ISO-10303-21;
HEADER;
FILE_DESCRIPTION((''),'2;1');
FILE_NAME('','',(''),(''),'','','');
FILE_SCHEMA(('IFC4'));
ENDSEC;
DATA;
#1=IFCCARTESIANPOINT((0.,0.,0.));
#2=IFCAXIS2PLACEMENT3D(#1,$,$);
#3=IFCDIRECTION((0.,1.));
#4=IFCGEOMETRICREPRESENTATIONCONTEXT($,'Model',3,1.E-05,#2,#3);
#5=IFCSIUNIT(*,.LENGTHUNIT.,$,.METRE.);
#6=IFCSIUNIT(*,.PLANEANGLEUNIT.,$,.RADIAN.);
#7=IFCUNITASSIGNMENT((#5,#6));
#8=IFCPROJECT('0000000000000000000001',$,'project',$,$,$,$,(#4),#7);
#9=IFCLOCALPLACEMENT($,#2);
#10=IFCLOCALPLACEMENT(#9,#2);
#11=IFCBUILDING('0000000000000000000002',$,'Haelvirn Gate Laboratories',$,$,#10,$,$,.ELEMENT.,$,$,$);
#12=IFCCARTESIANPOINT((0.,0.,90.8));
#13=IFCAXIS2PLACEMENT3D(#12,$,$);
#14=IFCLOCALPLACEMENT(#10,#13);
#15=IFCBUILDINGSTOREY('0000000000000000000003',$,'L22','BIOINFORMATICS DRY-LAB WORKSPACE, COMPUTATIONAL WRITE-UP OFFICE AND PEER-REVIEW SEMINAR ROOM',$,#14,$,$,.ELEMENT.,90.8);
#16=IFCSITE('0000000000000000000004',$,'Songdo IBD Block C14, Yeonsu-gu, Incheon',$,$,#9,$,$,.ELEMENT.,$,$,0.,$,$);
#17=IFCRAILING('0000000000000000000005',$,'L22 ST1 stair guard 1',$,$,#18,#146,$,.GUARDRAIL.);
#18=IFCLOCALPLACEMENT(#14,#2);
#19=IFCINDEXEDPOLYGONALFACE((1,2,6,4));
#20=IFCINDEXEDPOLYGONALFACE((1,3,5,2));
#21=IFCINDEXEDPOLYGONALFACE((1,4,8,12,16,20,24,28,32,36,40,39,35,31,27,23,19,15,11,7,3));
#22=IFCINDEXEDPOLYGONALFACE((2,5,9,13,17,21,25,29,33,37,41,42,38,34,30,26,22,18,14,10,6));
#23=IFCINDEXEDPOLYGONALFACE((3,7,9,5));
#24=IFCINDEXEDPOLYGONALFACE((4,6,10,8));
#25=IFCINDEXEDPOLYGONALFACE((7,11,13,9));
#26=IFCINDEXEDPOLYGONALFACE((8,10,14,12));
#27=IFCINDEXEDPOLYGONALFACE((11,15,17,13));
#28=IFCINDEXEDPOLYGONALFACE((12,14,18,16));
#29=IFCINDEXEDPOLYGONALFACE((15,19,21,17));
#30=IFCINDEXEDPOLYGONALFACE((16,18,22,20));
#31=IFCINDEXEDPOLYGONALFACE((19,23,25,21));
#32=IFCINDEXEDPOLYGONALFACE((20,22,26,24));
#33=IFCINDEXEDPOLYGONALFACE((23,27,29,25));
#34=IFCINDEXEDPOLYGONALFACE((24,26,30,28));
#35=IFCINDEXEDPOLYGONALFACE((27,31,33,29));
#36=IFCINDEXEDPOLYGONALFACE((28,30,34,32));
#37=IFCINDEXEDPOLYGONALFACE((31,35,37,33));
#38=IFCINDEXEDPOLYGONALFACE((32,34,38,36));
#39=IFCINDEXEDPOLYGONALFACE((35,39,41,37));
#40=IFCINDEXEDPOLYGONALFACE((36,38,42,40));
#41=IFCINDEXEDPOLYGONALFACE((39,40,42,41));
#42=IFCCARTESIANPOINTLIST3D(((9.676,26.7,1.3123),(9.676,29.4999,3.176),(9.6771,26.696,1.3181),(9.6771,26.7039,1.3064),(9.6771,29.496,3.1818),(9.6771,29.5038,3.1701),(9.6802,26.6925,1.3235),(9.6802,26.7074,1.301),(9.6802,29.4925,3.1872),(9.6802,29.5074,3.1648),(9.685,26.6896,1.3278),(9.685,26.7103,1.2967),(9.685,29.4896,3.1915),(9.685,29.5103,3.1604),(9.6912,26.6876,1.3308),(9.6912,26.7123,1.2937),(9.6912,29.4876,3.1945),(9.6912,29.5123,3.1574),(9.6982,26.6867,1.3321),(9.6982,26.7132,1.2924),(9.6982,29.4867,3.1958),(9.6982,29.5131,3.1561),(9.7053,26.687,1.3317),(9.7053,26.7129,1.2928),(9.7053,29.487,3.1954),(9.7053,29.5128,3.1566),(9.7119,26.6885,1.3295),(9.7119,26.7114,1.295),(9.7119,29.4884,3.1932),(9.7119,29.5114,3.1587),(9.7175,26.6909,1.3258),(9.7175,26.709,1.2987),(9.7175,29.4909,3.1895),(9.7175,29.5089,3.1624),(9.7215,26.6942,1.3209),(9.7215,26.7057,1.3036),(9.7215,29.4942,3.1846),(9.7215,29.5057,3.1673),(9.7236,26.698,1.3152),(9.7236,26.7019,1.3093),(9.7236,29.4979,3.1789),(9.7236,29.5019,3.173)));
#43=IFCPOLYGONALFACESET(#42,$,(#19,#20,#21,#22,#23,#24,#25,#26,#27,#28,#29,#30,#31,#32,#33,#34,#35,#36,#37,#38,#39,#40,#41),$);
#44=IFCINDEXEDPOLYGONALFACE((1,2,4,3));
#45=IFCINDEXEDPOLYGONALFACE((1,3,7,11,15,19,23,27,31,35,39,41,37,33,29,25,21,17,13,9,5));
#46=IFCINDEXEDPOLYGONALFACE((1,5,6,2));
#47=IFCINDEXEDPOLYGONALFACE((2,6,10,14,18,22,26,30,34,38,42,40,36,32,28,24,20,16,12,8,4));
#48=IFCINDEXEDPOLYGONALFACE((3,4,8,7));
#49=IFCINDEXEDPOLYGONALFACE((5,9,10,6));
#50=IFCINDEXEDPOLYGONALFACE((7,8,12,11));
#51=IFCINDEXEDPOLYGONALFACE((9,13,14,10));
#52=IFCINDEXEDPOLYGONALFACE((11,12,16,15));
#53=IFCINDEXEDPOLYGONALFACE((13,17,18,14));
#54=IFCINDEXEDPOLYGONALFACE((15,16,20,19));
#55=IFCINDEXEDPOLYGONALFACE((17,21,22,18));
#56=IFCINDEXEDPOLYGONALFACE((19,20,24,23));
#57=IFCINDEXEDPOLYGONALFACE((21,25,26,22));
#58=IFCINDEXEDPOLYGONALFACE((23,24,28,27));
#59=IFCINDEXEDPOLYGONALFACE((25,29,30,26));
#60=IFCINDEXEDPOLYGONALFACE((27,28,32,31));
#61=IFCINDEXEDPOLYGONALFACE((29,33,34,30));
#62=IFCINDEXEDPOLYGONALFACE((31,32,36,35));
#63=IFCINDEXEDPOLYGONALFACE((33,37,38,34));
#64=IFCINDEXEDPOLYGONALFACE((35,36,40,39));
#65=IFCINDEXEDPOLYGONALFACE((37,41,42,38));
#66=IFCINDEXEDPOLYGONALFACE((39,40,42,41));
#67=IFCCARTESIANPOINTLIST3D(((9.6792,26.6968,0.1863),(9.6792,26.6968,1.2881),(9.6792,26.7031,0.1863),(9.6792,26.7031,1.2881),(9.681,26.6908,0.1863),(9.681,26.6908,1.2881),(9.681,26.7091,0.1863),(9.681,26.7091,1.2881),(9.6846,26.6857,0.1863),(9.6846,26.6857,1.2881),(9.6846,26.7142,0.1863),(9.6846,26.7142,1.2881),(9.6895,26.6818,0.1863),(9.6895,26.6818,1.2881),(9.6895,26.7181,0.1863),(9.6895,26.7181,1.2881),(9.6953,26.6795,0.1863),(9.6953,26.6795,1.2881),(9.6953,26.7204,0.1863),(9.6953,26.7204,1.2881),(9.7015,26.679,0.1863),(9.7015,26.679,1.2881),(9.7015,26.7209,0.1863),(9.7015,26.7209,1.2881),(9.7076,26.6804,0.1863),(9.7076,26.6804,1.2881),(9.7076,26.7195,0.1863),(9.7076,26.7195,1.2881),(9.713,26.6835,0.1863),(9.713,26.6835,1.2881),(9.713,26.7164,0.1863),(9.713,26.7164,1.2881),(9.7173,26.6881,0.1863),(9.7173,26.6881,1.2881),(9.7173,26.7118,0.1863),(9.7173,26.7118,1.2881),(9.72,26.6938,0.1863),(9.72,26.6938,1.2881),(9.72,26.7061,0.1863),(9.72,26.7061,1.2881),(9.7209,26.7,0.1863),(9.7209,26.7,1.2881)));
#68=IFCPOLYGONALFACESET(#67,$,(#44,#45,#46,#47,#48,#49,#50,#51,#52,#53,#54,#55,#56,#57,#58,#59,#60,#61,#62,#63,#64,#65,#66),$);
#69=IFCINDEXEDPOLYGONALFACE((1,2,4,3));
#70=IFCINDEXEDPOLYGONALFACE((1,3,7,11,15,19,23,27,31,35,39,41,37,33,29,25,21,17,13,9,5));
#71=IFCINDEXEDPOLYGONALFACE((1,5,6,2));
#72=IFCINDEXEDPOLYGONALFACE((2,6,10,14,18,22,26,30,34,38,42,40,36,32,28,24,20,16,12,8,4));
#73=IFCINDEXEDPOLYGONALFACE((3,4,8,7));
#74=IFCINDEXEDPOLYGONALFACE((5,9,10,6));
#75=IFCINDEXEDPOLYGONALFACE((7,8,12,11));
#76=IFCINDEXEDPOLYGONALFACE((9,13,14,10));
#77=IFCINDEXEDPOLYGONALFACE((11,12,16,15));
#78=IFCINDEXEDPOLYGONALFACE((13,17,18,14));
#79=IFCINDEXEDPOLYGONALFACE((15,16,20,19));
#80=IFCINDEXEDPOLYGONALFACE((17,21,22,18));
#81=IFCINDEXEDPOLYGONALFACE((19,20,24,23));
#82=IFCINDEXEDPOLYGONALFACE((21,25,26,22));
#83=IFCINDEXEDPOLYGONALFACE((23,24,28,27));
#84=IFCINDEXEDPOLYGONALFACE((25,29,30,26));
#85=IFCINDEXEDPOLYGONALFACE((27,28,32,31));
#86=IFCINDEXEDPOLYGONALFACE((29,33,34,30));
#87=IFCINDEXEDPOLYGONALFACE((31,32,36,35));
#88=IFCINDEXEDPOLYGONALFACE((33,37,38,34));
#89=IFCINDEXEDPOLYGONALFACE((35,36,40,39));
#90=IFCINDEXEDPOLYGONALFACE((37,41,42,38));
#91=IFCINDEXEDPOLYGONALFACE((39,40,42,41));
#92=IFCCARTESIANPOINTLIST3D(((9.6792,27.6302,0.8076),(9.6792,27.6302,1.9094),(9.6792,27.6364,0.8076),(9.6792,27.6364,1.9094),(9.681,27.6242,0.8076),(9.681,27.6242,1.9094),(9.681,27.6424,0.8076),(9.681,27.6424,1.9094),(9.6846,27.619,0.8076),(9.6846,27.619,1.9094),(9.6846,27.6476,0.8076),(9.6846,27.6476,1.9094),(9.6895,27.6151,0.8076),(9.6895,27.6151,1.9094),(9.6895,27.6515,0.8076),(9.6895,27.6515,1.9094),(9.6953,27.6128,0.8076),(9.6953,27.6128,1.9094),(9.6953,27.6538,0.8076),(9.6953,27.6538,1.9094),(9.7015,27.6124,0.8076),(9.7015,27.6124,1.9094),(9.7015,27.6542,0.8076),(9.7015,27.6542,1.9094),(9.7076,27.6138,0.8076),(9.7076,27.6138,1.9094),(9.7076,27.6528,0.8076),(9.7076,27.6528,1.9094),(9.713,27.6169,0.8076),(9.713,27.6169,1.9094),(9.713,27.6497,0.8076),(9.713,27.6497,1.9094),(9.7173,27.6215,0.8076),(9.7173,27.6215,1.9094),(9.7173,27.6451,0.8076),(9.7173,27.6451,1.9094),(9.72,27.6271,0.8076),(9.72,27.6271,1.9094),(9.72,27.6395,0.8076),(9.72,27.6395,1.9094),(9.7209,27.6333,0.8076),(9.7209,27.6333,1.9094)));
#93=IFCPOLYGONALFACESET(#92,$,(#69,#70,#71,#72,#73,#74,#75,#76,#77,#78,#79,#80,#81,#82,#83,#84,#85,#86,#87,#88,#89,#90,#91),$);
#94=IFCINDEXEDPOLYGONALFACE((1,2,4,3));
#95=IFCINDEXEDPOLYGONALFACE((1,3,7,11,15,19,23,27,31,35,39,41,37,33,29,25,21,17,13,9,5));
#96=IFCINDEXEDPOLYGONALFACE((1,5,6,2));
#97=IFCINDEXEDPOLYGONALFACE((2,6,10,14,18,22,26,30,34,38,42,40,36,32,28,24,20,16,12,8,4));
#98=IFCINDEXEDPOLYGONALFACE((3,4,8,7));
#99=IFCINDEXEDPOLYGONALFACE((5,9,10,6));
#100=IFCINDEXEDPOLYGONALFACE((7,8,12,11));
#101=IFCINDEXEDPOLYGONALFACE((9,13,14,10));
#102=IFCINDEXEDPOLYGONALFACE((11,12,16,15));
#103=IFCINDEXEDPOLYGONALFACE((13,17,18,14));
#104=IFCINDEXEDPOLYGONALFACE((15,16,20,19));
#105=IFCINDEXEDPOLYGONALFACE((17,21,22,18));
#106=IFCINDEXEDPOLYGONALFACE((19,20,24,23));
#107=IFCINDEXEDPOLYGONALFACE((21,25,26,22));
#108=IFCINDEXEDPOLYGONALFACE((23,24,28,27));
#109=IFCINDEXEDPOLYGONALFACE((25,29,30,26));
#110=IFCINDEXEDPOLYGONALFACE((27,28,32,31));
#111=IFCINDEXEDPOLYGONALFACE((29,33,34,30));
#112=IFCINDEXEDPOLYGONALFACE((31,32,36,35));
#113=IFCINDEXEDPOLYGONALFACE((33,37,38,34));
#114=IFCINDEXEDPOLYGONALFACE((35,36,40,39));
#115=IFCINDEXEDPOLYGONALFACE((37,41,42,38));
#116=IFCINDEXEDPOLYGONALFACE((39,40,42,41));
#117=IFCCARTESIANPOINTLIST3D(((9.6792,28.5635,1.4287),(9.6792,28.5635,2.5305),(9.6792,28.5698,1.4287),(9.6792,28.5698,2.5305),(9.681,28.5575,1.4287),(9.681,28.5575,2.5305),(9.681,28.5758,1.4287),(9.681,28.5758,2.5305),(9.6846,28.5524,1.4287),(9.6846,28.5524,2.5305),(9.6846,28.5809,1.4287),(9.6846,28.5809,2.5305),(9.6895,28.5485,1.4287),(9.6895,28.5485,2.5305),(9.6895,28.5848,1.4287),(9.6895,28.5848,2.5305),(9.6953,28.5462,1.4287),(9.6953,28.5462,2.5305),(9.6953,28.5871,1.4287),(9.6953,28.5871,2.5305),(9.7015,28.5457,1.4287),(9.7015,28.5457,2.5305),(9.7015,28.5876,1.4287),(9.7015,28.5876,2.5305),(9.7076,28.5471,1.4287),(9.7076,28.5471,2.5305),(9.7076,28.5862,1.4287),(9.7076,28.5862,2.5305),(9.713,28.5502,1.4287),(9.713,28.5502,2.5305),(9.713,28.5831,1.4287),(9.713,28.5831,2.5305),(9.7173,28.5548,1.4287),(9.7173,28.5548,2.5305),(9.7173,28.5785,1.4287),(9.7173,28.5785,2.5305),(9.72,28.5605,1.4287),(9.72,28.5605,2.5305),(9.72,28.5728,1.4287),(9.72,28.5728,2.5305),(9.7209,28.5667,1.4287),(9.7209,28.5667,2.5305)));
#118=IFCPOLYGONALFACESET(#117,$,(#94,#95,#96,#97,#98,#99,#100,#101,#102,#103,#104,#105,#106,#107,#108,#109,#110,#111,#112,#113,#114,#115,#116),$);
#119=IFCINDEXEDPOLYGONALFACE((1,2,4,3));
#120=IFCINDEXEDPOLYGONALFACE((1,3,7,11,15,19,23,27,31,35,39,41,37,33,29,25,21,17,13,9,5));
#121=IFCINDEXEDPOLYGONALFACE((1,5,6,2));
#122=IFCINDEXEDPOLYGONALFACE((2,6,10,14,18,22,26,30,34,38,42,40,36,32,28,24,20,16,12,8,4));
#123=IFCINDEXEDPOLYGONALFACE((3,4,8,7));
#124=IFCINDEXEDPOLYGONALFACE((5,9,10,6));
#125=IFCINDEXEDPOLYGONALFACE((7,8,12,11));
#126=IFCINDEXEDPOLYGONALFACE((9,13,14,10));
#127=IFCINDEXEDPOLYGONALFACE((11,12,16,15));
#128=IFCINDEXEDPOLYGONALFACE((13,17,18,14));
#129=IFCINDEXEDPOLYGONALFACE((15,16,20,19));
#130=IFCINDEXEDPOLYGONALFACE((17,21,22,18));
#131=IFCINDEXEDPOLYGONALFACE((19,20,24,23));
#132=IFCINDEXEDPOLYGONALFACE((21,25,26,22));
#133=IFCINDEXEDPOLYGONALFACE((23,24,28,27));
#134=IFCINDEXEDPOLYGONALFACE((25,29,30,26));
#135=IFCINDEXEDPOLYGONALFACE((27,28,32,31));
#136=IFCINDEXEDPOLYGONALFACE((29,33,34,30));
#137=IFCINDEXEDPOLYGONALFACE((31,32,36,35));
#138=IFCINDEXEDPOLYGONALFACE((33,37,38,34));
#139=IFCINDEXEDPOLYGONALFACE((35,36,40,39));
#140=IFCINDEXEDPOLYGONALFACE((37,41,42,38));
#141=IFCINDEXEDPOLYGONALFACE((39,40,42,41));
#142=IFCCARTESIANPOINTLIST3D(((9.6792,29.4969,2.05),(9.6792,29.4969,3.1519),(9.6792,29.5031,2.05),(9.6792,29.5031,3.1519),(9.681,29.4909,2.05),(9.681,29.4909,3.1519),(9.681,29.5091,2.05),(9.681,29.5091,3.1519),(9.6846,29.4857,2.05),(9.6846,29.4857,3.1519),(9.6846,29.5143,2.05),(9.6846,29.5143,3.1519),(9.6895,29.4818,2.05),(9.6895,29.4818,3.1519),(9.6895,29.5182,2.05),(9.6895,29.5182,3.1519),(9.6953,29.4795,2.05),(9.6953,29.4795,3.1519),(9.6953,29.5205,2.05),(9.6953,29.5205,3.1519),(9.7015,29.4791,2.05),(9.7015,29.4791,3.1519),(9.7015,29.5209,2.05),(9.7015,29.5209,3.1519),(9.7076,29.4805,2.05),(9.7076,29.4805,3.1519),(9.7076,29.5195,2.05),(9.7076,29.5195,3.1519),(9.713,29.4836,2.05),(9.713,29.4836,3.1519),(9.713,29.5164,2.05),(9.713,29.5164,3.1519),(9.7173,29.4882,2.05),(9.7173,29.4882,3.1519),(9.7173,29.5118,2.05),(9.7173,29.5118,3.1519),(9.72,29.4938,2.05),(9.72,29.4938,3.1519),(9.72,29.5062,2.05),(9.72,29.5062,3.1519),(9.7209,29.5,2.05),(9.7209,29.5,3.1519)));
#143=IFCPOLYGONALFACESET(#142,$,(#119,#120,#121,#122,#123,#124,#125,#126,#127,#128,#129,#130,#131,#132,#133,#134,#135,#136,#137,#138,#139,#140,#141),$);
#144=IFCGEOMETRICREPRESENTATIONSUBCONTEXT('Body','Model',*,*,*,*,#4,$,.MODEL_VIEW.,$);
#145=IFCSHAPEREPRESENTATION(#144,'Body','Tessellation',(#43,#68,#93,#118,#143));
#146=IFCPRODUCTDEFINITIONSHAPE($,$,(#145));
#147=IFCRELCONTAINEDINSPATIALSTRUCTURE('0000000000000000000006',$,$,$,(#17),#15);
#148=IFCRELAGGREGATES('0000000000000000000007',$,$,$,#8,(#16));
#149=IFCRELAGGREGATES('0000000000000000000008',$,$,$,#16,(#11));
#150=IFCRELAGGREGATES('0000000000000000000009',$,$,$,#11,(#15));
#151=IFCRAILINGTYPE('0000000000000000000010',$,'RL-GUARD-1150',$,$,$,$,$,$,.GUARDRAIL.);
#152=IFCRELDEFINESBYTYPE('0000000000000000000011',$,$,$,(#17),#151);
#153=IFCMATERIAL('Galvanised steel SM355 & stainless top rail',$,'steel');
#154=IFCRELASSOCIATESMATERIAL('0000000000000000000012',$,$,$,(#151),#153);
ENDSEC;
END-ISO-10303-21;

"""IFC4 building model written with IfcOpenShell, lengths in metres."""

from ifc_helpers import new_model, si_unit, direction, frame, origin, origin_2d, place, context, subcontext, project, spatial, circle, extrude, source, transform, mapped, material, type_object, element, save


model = new_model("IFC4")

# Units and contexts
model_context = context("Model", 3, precision=1e-05, world=origin(), true_north=direction((0.0, 1.0)))
body_context = subcontext(model_context, "Body", "Model", "MODEL_VIEW")
ifc_project = project(units=[si_unit("LENGTHUNIT", "METRE"), si_unit("PLANEANGLEUNIT", "RADIAN")], contexts=[model_context])

# Site, building, storey
site_placement = place(None, origin())
site = spatial("IfcSite", under=ifc_project, at=site_placement, Name="Songdo IBD Block C14, Yeonsu-gu, Incheon", CompositionType="ELEMENT", RefElevation=0.0)
building_placement = place(site_placement, origin())
building = spatial("IfcBuilding", under=site, at=building_placement, Name="Haelvirn Gate Laboratories", CompositionType="ELEMENT")
storey_placement = place(building_placement, frame((0.0, 0.0, 90.8)))
storey = spatial("IfcBuildingStorey", under=building, at=storey_placement, Name="L22", Description="BIOINFORMATICS DRY-LAB WORKSPACE, COMPUTATIONAL WRITE-UP OFFICE AND PEER-REVIEW SEMINAR ROOM", CompositionType="ELEMENT", Elevation=90.8)

# Railing
ifc_material_1 = material(Name="Galvanised steel SM355 & stainless top rail", Category="steel")
railing_type_1 = type_object("IfcRailingType", Name="RL-GUARD-1150", PredefinedType="GUARDRAIL", material=ifc_material_1)
shared_shape_1 = source(origin(), body_context, "Body", "SweptSolid", [
    extrude(circle(Radius=0.0239, at=origin_2d()), frame((0.0, 0.0, 1.126), z_axis=(0.0, 0.832452, 0.554097), x_axis=(-1.0, 0.0, 0.0)), (0.0, 0.0, 1.0), 3.3635),
    extrude(circle(Radius=0.021, at=origin_2d()), origin(), (0.0, 0.0, 1.0), 1.1018),
    extrude(circle(Radius=0.021, at=origin_2d()), frame((0.0, 0.9333, 0.6213)), (0.0, 0.0, 1.0), 1.1018),
    extrude(circle(Radius=0.021, at=origin_2d()), frame((0.0, 1.8667, 1.2424)), (0.0, 0.0, 1.0), 1.1018),
    extrude(circle(Radius=0.021, at=origin_2d()), frame((0.0, 2.8, 1.8638)), (0.0, 0.0, 1.0), 1.1018),
])
railing_1_placement = place(storey_placement, frame((9.7, 26.7, 0.1863)))
element("IfcRailing", 1, at=railing_1_placement, inside=storey, type_object=railing_type_1, Name="L22 ST1 stair guard 1", PredefinedType="GUARDRAIL", context=body_context, shape_type="MappedRepresentation", body=[
    mapped(shared_shape_1, transform((0.0, 0.0, 0.0), scale=1.0)),
])

save(model, "model.ifc")
